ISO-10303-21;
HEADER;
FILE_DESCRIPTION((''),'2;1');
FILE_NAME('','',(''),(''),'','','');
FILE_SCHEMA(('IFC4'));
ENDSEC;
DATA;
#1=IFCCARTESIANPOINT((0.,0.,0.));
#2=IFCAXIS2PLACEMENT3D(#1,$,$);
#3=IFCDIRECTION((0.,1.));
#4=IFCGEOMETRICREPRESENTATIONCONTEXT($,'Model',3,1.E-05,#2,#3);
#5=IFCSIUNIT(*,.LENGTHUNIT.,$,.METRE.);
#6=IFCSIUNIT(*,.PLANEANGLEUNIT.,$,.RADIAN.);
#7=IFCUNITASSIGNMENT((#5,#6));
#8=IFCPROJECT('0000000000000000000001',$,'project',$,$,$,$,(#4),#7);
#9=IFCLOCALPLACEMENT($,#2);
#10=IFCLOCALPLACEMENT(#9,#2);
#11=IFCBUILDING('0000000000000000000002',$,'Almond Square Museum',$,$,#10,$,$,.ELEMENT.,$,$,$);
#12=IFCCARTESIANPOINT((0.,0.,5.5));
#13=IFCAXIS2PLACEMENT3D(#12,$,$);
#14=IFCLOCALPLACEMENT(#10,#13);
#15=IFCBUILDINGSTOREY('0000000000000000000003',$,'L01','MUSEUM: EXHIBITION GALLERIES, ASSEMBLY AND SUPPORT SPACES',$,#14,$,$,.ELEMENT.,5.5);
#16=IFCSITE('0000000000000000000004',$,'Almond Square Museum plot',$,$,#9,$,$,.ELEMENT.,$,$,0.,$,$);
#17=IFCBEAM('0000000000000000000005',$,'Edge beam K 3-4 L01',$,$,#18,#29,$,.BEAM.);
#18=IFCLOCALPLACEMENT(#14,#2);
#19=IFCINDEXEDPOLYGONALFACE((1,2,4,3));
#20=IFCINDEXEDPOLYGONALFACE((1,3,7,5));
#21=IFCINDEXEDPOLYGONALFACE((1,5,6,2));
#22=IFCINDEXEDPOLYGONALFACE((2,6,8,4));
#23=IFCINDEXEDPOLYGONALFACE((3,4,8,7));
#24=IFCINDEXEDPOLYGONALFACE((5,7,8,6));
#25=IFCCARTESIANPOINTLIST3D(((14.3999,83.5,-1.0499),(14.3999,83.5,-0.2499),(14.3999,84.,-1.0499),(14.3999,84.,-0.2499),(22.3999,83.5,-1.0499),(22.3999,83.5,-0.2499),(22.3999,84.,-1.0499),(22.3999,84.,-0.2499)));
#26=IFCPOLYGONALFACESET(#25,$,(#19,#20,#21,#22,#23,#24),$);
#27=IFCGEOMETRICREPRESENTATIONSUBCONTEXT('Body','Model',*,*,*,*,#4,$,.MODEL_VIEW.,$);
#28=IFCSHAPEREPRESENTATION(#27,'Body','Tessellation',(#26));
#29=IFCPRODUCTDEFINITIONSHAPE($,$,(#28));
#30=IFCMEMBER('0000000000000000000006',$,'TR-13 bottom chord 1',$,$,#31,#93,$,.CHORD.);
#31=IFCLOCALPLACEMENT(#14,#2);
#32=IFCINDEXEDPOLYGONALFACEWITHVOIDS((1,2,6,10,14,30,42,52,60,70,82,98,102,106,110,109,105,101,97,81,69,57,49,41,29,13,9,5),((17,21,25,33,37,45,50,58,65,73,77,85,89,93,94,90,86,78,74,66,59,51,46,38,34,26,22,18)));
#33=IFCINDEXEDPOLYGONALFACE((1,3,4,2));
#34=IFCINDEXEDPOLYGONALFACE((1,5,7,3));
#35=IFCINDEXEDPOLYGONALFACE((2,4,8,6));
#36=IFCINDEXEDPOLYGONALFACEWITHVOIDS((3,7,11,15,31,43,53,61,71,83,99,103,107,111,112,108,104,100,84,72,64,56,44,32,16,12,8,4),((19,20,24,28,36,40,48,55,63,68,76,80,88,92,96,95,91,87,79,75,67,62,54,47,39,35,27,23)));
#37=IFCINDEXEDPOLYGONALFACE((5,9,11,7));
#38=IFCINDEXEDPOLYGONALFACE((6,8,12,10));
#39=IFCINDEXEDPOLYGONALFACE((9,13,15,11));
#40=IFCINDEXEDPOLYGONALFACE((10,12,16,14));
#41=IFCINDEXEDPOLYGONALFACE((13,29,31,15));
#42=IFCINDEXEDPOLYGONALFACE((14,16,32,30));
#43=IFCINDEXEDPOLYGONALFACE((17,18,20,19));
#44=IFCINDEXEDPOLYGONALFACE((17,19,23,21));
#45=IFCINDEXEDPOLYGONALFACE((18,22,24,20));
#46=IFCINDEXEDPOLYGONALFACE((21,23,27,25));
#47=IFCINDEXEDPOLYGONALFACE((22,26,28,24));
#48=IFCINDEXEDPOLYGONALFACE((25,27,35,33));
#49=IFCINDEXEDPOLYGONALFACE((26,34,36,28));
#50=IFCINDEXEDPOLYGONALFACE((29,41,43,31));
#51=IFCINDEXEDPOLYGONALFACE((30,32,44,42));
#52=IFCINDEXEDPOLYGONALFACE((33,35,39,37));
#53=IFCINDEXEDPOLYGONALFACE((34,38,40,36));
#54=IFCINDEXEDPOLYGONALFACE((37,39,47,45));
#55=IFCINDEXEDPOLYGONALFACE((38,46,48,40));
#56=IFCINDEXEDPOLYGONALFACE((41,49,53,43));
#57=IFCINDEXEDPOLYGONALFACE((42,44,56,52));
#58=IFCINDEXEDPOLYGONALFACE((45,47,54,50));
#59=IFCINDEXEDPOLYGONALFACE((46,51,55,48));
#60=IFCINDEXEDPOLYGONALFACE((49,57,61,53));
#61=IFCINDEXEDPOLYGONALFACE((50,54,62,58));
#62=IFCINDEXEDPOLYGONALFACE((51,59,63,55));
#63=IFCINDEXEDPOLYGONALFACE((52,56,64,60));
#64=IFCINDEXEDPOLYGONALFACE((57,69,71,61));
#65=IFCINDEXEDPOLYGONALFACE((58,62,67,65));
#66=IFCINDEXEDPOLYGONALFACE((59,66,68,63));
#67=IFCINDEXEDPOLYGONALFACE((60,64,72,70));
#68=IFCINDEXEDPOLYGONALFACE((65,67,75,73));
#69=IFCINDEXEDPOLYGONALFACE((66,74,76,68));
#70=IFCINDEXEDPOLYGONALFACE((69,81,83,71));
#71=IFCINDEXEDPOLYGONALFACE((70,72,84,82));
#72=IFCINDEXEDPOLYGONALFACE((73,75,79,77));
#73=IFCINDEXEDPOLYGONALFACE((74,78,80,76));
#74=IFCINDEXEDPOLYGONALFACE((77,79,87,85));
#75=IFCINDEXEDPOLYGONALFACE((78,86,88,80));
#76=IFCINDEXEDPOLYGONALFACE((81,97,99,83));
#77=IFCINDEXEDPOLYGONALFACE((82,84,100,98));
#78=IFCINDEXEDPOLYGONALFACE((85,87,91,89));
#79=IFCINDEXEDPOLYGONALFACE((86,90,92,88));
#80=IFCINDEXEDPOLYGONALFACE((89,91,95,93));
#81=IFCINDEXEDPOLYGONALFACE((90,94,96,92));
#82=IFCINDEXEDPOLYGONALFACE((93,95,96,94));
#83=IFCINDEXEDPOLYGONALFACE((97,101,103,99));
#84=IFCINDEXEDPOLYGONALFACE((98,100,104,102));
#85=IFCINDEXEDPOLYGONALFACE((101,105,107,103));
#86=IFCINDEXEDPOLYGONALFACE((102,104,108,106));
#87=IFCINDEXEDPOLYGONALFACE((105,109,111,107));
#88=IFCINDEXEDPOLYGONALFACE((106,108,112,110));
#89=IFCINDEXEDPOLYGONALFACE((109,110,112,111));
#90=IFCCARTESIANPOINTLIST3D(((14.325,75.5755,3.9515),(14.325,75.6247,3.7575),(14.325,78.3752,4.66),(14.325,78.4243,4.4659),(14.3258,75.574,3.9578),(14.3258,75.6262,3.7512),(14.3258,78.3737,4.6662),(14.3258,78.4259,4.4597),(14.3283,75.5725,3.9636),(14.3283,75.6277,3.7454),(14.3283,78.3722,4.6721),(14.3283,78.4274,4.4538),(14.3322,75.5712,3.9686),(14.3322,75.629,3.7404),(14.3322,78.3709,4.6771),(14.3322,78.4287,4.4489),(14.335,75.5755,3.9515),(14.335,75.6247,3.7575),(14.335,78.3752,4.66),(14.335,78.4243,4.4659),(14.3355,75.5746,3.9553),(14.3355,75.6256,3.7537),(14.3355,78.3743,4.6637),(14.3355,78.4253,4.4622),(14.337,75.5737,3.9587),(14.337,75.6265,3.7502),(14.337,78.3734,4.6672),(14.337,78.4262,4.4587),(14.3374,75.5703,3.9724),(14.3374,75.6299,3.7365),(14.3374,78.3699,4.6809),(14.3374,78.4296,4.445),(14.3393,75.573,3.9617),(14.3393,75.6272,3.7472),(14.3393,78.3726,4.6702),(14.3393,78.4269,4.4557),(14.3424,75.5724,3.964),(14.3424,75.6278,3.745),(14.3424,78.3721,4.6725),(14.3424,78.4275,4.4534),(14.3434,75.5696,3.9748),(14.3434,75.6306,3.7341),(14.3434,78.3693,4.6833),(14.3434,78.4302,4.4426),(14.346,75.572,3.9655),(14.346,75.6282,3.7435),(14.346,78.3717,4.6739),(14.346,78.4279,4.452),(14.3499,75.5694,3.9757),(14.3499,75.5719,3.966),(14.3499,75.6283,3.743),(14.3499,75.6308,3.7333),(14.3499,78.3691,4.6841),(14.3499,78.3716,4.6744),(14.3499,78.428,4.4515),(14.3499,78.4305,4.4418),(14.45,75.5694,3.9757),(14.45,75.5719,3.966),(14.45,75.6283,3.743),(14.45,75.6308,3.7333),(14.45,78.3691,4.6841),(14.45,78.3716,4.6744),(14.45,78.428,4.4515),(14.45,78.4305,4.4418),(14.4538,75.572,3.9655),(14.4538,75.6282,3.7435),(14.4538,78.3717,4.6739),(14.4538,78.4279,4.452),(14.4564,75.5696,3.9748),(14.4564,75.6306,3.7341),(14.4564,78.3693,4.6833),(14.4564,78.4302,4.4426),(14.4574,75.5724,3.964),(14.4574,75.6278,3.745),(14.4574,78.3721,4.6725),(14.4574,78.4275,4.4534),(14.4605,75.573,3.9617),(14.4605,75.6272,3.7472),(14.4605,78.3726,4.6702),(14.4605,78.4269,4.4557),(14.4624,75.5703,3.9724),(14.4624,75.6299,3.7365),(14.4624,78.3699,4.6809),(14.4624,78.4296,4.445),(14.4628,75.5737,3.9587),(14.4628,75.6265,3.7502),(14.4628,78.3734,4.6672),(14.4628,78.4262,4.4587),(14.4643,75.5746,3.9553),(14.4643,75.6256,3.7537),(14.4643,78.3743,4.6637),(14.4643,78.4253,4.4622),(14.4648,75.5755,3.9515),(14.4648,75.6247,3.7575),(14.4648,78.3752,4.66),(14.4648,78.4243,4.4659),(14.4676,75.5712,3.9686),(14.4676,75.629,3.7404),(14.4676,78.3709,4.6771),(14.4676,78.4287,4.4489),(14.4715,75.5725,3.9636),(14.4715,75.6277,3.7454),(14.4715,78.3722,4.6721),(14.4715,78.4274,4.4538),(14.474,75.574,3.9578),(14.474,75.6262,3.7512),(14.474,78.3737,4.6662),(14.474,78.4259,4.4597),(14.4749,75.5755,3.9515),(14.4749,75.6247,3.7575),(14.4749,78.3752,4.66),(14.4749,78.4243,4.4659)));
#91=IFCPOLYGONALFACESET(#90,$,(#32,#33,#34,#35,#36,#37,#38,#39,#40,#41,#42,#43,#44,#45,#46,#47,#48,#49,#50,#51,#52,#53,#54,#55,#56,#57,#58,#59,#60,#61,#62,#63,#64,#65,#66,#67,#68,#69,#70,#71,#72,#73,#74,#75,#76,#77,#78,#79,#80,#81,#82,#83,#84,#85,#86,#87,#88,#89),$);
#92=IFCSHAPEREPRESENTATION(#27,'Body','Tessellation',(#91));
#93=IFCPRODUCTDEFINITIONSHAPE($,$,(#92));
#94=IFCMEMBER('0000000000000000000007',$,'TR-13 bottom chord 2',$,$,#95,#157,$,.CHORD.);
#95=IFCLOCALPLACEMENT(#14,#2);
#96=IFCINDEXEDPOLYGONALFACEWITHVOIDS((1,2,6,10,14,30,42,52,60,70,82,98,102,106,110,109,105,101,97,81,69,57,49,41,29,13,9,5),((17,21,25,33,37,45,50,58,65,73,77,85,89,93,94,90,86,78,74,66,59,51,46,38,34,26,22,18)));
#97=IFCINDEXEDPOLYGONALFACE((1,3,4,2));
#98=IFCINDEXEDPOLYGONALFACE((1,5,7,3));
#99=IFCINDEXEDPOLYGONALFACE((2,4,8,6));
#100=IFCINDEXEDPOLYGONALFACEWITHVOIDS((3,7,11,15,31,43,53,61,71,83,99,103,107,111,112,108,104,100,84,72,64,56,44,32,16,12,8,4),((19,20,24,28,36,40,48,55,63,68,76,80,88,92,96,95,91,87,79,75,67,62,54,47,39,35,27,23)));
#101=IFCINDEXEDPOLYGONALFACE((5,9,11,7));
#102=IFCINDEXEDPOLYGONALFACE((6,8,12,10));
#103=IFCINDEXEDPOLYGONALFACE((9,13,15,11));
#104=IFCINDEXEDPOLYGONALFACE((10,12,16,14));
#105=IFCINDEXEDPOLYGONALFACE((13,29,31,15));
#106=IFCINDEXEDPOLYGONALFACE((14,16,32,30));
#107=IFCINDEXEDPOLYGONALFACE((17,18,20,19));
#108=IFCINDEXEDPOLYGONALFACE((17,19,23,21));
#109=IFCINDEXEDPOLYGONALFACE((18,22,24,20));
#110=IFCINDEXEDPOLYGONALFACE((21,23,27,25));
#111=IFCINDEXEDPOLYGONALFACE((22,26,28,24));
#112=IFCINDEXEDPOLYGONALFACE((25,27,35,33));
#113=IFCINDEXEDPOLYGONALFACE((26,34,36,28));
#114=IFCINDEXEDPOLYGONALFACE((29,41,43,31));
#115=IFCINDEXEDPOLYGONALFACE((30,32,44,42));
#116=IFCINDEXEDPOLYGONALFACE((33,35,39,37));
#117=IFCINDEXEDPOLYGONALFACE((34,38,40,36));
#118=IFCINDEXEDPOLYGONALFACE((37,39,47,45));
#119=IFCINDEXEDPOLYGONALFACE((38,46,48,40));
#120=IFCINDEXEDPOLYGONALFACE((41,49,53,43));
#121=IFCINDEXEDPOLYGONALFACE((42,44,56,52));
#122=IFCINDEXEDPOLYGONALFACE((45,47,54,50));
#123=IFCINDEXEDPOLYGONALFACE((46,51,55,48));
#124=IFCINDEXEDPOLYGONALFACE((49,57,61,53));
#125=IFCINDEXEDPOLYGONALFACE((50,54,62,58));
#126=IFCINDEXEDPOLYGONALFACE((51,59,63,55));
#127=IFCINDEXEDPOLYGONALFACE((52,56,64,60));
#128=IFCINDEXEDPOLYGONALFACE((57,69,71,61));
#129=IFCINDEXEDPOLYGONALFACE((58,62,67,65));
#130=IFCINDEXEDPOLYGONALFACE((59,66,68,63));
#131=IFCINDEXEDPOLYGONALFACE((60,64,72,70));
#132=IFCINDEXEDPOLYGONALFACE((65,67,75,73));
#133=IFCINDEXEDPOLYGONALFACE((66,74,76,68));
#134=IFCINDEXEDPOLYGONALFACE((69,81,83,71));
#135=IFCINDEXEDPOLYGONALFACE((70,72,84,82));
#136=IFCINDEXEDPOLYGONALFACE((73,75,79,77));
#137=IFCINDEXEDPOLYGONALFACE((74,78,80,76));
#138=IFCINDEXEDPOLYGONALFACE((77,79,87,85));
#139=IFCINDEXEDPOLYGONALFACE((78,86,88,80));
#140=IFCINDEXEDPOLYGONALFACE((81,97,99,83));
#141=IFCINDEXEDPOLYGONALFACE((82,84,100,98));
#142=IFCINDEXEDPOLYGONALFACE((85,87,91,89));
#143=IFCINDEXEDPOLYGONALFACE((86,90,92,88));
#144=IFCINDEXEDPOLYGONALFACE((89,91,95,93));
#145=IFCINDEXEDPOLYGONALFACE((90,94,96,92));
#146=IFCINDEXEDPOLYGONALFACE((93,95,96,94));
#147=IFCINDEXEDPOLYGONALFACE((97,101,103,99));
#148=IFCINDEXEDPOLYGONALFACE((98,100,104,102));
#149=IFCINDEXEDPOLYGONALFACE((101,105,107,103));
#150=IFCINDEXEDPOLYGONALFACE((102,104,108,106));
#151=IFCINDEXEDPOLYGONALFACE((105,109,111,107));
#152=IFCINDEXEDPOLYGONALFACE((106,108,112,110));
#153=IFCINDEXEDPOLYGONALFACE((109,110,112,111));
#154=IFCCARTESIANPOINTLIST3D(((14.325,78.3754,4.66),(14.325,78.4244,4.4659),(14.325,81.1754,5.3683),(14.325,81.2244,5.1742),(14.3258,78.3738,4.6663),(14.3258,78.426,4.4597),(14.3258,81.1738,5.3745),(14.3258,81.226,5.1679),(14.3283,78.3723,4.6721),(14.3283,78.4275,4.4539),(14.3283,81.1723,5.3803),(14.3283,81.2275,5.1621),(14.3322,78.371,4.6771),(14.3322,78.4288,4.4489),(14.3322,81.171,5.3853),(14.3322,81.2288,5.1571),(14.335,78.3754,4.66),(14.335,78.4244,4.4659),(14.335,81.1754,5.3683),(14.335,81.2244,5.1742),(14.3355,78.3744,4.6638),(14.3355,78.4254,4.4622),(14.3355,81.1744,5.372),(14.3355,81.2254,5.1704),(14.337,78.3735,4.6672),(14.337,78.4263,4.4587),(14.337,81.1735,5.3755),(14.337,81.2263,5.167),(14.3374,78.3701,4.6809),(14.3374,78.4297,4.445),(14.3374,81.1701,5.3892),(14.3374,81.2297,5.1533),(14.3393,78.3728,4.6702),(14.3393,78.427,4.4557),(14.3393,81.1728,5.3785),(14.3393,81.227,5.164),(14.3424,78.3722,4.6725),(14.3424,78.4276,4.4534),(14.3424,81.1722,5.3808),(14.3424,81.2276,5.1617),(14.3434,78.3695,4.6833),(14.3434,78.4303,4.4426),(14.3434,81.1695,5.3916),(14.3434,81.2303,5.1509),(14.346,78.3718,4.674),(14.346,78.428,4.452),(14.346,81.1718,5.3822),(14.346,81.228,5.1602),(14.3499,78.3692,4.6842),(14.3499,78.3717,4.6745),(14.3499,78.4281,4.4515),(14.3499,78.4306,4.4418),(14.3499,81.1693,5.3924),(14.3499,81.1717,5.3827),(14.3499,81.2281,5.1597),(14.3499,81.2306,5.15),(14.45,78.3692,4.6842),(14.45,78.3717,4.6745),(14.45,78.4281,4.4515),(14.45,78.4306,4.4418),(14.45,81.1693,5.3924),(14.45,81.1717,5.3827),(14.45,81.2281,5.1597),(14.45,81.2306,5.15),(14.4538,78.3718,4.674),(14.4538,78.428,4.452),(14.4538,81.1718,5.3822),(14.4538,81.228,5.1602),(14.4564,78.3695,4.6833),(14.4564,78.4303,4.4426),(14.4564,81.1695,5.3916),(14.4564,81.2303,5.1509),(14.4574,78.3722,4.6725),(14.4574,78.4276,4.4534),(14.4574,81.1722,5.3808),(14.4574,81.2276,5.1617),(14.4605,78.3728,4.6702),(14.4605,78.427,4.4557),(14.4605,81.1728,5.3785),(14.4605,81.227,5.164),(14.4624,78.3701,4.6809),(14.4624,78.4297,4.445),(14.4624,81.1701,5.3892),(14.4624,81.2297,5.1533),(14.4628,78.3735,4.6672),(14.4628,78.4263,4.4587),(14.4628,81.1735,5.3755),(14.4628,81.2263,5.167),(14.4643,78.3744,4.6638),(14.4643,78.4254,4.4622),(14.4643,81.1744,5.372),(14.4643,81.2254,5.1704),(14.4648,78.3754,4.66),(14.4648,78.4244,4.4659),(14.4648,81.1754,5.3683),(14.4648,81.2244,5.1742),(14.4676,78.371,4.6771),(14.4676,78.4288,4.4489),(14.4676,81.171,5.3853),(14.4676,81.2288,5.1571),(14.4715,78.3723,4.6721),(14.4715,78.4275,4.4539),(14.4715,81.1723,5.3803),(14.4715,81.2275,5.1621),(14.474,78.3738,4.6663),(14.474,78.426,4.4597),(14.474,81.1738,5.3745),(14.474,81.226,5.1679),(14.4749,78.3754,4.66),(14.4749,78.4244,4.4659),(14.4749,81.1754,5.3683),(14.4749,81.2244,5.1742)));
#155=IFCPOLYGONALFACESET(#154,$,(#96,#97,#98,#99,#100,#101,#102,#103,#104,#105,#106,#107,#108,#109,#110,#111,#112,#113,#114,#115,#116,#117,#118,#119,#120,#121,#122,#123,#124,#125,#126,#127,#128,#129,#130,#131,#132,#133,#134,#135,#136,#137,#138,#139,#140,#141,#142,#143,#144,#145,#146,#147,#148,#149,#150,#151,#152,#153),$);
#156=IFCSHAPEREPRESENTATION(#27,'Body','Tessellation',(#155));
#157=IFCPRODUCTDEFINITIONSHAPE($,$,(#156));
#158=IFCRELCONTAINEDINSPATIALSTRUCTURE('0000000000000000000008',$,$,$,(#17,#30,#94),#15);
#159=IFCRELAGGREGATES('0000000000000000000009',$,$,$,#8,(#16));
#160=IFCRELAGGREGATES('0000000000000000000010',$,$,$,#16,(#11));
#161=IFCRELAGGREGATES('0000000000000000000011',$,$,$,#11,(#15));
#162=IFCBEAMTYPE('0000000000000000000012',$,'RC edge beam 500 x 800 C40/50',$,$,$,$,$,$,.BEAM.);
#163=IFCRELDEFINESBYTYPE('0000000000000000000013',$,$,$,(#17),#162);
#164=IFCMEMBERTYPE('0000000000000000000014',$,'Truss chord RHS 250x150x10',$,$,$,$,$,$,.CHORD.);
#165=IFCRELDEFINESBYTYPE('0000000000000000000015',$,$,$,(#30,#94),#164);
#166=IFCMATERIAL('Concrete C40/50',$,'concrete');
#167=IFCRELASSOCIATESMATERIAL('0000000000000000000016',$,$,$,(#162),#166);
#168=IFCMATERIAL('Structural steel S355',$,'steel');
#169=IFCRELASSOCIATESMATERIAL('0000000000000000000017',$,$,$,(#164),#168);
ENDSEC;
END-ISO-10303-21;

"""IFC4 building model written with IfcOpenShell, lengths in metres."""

from ifc_helpers import new_model, si_unit, direction, frame, origin, origin_2d, place, context, subcontext, project, spatial, rectangle, hollow_rectangle, extrude, material, material_profile, profile_set, type_object, element, save


model = new_model("IFC4")

# Units and contexts
model_context = context("Model", 3, precision=1e-05, world=origin(), true_north=direction((0.0, 1.0)))
body_context = subcontext(model_context, "Body", "Model", "MODEL_VIEW")
ifc_project = project(units=[si_unit("LENGTHUNIT", "METRE"), si_unit("PLANEANGLEUNIT", "RADIAN")], contexts=[model_context])

# Site, building, storey
site_placement = place(None, origin())
site = spatial("IfcSite", under=ifc_project, at=site_placement, Name="Almond Square Museum plot", CompositionType="ELEMENT", RefElevation=0.0)
building_placement = place(site_placement, origin())
building = spatial("IfcBuilding", under=site, at=building_placement, Name="Almond Square Museum", CompositionType="ELEMENT")
storey_placement = place(building_placement, frame((0.0, 0.0, 5.5)))
storey = spatial("IfcBuildingStorey", under=building, at=storey_placement, Name="L01", Description="MUSEUM: EXHIBITION GALLERIES, ASSEMBLY AND SUPPORT SPACES", CompositionType="ELEMENT", Elevation=5.5)

# Beam
ifc_material_1 = material(Name="Concrete C40/50", Category="concrete")
ifc_material_profile_1 = material_profile(ifc_material_1, rectangle(XDim=0.5, YDim=0.8, at=origin_2d()))
ifc_profile_set_1 = profile_set([ifc_material_profile_1], Name="Concrete C40/50")
beam_type = type_object("IfcBeamType", Name="RC edge beam 500 x 800 C40/50", PredefinedType="BEAM", material=ifc_profile_set_1)
beam_placement = place(storey_placement, frame((14.3999, 83.75, -0.6499), z_axis=(1.0, 0.0, 0.0), x_axis=(0.0, 1.0, 0.0)))
element("IfcBeam", 1, at=beam_placement, inside=storey, type_object=beam_type, Name="Edge beam K 3-4 L01", PredefinedType="BEAM", context=body_context, shape_type="SweptSolid", body=[
    extrude(rectangle(XDim=0.5, YDim=0.8, at=origin_2d()), origin(), (0.0, 0.0, 1.0), 8.0),
])

# Members
ifc_material_2 = material(Name="Structural steel S355", Category="steel")
ifc_material_profile_2 = material_profile(ifc_material_2, hollow_rectangle(XDim=0.1499, YDim=0.25, WallThickness=0.01, InnerFilletRadius=0.0149, OuterFilletRadius=0.0249, at=origin_2d()))
ifc_profile_set_2 = profile_set([ifc_material_profile_2], Name="Structural steel S355")
member_type_1 = type_object("IfcMemberType", Name="Truss chord RHS 250x150x10", PredefinedType="CHORD", material=ifc_profile_set_2)
member_1_placement = place(storey_placement, frame((14.3999, 75.6001, 3.8545), z_axis=(0.0, 0.969442, 0.245319), x_axis=(-1.0, 0.0, 0.0)))
element("IfcMember", 2, at=member_1_placement, inside=storey, type_object=member_type_1, Name="TR-13 bottom chord 1", PredefinedType="CHORD", context=body_context, shape_type="SweptSolid", body=[
    extrude(hollow_rectangle(XDim=0.1499, YDim=0.25, WallThickness=0.01, InnerFilletRadius=0.0149, OuterFilletRadius=0.0249, at=origin_2d()), origin(), (0.0, 0.0, 1.0), 2.8879),
])
member_2_placement = place(storey_placement, frame((14.3999, 78.3999, 4.563), z_axis=(0.0, 0.969468, 0.24522), x_axis=(-1.0, 0.0, 0.0)))
element("IfcMember", 3, at=member_2_placement, inside=storey, type_object=member_type_1, Name="TR-13 bottom chord 2", PredefinedType="CHORD", context=body_context, shape_type="SweptSolid", body=[
    extrude(hollow_rectangle(XDim=0.1499, YDim=0.25, WallThickness=0.01, InnerFilletRadius=0.0149, OuterFilletRadius=0.0249, at=origin_2d()), origin(), (0.0, 0.0, 1.0), 2.8882),
])

save(model, "model.ifc")
